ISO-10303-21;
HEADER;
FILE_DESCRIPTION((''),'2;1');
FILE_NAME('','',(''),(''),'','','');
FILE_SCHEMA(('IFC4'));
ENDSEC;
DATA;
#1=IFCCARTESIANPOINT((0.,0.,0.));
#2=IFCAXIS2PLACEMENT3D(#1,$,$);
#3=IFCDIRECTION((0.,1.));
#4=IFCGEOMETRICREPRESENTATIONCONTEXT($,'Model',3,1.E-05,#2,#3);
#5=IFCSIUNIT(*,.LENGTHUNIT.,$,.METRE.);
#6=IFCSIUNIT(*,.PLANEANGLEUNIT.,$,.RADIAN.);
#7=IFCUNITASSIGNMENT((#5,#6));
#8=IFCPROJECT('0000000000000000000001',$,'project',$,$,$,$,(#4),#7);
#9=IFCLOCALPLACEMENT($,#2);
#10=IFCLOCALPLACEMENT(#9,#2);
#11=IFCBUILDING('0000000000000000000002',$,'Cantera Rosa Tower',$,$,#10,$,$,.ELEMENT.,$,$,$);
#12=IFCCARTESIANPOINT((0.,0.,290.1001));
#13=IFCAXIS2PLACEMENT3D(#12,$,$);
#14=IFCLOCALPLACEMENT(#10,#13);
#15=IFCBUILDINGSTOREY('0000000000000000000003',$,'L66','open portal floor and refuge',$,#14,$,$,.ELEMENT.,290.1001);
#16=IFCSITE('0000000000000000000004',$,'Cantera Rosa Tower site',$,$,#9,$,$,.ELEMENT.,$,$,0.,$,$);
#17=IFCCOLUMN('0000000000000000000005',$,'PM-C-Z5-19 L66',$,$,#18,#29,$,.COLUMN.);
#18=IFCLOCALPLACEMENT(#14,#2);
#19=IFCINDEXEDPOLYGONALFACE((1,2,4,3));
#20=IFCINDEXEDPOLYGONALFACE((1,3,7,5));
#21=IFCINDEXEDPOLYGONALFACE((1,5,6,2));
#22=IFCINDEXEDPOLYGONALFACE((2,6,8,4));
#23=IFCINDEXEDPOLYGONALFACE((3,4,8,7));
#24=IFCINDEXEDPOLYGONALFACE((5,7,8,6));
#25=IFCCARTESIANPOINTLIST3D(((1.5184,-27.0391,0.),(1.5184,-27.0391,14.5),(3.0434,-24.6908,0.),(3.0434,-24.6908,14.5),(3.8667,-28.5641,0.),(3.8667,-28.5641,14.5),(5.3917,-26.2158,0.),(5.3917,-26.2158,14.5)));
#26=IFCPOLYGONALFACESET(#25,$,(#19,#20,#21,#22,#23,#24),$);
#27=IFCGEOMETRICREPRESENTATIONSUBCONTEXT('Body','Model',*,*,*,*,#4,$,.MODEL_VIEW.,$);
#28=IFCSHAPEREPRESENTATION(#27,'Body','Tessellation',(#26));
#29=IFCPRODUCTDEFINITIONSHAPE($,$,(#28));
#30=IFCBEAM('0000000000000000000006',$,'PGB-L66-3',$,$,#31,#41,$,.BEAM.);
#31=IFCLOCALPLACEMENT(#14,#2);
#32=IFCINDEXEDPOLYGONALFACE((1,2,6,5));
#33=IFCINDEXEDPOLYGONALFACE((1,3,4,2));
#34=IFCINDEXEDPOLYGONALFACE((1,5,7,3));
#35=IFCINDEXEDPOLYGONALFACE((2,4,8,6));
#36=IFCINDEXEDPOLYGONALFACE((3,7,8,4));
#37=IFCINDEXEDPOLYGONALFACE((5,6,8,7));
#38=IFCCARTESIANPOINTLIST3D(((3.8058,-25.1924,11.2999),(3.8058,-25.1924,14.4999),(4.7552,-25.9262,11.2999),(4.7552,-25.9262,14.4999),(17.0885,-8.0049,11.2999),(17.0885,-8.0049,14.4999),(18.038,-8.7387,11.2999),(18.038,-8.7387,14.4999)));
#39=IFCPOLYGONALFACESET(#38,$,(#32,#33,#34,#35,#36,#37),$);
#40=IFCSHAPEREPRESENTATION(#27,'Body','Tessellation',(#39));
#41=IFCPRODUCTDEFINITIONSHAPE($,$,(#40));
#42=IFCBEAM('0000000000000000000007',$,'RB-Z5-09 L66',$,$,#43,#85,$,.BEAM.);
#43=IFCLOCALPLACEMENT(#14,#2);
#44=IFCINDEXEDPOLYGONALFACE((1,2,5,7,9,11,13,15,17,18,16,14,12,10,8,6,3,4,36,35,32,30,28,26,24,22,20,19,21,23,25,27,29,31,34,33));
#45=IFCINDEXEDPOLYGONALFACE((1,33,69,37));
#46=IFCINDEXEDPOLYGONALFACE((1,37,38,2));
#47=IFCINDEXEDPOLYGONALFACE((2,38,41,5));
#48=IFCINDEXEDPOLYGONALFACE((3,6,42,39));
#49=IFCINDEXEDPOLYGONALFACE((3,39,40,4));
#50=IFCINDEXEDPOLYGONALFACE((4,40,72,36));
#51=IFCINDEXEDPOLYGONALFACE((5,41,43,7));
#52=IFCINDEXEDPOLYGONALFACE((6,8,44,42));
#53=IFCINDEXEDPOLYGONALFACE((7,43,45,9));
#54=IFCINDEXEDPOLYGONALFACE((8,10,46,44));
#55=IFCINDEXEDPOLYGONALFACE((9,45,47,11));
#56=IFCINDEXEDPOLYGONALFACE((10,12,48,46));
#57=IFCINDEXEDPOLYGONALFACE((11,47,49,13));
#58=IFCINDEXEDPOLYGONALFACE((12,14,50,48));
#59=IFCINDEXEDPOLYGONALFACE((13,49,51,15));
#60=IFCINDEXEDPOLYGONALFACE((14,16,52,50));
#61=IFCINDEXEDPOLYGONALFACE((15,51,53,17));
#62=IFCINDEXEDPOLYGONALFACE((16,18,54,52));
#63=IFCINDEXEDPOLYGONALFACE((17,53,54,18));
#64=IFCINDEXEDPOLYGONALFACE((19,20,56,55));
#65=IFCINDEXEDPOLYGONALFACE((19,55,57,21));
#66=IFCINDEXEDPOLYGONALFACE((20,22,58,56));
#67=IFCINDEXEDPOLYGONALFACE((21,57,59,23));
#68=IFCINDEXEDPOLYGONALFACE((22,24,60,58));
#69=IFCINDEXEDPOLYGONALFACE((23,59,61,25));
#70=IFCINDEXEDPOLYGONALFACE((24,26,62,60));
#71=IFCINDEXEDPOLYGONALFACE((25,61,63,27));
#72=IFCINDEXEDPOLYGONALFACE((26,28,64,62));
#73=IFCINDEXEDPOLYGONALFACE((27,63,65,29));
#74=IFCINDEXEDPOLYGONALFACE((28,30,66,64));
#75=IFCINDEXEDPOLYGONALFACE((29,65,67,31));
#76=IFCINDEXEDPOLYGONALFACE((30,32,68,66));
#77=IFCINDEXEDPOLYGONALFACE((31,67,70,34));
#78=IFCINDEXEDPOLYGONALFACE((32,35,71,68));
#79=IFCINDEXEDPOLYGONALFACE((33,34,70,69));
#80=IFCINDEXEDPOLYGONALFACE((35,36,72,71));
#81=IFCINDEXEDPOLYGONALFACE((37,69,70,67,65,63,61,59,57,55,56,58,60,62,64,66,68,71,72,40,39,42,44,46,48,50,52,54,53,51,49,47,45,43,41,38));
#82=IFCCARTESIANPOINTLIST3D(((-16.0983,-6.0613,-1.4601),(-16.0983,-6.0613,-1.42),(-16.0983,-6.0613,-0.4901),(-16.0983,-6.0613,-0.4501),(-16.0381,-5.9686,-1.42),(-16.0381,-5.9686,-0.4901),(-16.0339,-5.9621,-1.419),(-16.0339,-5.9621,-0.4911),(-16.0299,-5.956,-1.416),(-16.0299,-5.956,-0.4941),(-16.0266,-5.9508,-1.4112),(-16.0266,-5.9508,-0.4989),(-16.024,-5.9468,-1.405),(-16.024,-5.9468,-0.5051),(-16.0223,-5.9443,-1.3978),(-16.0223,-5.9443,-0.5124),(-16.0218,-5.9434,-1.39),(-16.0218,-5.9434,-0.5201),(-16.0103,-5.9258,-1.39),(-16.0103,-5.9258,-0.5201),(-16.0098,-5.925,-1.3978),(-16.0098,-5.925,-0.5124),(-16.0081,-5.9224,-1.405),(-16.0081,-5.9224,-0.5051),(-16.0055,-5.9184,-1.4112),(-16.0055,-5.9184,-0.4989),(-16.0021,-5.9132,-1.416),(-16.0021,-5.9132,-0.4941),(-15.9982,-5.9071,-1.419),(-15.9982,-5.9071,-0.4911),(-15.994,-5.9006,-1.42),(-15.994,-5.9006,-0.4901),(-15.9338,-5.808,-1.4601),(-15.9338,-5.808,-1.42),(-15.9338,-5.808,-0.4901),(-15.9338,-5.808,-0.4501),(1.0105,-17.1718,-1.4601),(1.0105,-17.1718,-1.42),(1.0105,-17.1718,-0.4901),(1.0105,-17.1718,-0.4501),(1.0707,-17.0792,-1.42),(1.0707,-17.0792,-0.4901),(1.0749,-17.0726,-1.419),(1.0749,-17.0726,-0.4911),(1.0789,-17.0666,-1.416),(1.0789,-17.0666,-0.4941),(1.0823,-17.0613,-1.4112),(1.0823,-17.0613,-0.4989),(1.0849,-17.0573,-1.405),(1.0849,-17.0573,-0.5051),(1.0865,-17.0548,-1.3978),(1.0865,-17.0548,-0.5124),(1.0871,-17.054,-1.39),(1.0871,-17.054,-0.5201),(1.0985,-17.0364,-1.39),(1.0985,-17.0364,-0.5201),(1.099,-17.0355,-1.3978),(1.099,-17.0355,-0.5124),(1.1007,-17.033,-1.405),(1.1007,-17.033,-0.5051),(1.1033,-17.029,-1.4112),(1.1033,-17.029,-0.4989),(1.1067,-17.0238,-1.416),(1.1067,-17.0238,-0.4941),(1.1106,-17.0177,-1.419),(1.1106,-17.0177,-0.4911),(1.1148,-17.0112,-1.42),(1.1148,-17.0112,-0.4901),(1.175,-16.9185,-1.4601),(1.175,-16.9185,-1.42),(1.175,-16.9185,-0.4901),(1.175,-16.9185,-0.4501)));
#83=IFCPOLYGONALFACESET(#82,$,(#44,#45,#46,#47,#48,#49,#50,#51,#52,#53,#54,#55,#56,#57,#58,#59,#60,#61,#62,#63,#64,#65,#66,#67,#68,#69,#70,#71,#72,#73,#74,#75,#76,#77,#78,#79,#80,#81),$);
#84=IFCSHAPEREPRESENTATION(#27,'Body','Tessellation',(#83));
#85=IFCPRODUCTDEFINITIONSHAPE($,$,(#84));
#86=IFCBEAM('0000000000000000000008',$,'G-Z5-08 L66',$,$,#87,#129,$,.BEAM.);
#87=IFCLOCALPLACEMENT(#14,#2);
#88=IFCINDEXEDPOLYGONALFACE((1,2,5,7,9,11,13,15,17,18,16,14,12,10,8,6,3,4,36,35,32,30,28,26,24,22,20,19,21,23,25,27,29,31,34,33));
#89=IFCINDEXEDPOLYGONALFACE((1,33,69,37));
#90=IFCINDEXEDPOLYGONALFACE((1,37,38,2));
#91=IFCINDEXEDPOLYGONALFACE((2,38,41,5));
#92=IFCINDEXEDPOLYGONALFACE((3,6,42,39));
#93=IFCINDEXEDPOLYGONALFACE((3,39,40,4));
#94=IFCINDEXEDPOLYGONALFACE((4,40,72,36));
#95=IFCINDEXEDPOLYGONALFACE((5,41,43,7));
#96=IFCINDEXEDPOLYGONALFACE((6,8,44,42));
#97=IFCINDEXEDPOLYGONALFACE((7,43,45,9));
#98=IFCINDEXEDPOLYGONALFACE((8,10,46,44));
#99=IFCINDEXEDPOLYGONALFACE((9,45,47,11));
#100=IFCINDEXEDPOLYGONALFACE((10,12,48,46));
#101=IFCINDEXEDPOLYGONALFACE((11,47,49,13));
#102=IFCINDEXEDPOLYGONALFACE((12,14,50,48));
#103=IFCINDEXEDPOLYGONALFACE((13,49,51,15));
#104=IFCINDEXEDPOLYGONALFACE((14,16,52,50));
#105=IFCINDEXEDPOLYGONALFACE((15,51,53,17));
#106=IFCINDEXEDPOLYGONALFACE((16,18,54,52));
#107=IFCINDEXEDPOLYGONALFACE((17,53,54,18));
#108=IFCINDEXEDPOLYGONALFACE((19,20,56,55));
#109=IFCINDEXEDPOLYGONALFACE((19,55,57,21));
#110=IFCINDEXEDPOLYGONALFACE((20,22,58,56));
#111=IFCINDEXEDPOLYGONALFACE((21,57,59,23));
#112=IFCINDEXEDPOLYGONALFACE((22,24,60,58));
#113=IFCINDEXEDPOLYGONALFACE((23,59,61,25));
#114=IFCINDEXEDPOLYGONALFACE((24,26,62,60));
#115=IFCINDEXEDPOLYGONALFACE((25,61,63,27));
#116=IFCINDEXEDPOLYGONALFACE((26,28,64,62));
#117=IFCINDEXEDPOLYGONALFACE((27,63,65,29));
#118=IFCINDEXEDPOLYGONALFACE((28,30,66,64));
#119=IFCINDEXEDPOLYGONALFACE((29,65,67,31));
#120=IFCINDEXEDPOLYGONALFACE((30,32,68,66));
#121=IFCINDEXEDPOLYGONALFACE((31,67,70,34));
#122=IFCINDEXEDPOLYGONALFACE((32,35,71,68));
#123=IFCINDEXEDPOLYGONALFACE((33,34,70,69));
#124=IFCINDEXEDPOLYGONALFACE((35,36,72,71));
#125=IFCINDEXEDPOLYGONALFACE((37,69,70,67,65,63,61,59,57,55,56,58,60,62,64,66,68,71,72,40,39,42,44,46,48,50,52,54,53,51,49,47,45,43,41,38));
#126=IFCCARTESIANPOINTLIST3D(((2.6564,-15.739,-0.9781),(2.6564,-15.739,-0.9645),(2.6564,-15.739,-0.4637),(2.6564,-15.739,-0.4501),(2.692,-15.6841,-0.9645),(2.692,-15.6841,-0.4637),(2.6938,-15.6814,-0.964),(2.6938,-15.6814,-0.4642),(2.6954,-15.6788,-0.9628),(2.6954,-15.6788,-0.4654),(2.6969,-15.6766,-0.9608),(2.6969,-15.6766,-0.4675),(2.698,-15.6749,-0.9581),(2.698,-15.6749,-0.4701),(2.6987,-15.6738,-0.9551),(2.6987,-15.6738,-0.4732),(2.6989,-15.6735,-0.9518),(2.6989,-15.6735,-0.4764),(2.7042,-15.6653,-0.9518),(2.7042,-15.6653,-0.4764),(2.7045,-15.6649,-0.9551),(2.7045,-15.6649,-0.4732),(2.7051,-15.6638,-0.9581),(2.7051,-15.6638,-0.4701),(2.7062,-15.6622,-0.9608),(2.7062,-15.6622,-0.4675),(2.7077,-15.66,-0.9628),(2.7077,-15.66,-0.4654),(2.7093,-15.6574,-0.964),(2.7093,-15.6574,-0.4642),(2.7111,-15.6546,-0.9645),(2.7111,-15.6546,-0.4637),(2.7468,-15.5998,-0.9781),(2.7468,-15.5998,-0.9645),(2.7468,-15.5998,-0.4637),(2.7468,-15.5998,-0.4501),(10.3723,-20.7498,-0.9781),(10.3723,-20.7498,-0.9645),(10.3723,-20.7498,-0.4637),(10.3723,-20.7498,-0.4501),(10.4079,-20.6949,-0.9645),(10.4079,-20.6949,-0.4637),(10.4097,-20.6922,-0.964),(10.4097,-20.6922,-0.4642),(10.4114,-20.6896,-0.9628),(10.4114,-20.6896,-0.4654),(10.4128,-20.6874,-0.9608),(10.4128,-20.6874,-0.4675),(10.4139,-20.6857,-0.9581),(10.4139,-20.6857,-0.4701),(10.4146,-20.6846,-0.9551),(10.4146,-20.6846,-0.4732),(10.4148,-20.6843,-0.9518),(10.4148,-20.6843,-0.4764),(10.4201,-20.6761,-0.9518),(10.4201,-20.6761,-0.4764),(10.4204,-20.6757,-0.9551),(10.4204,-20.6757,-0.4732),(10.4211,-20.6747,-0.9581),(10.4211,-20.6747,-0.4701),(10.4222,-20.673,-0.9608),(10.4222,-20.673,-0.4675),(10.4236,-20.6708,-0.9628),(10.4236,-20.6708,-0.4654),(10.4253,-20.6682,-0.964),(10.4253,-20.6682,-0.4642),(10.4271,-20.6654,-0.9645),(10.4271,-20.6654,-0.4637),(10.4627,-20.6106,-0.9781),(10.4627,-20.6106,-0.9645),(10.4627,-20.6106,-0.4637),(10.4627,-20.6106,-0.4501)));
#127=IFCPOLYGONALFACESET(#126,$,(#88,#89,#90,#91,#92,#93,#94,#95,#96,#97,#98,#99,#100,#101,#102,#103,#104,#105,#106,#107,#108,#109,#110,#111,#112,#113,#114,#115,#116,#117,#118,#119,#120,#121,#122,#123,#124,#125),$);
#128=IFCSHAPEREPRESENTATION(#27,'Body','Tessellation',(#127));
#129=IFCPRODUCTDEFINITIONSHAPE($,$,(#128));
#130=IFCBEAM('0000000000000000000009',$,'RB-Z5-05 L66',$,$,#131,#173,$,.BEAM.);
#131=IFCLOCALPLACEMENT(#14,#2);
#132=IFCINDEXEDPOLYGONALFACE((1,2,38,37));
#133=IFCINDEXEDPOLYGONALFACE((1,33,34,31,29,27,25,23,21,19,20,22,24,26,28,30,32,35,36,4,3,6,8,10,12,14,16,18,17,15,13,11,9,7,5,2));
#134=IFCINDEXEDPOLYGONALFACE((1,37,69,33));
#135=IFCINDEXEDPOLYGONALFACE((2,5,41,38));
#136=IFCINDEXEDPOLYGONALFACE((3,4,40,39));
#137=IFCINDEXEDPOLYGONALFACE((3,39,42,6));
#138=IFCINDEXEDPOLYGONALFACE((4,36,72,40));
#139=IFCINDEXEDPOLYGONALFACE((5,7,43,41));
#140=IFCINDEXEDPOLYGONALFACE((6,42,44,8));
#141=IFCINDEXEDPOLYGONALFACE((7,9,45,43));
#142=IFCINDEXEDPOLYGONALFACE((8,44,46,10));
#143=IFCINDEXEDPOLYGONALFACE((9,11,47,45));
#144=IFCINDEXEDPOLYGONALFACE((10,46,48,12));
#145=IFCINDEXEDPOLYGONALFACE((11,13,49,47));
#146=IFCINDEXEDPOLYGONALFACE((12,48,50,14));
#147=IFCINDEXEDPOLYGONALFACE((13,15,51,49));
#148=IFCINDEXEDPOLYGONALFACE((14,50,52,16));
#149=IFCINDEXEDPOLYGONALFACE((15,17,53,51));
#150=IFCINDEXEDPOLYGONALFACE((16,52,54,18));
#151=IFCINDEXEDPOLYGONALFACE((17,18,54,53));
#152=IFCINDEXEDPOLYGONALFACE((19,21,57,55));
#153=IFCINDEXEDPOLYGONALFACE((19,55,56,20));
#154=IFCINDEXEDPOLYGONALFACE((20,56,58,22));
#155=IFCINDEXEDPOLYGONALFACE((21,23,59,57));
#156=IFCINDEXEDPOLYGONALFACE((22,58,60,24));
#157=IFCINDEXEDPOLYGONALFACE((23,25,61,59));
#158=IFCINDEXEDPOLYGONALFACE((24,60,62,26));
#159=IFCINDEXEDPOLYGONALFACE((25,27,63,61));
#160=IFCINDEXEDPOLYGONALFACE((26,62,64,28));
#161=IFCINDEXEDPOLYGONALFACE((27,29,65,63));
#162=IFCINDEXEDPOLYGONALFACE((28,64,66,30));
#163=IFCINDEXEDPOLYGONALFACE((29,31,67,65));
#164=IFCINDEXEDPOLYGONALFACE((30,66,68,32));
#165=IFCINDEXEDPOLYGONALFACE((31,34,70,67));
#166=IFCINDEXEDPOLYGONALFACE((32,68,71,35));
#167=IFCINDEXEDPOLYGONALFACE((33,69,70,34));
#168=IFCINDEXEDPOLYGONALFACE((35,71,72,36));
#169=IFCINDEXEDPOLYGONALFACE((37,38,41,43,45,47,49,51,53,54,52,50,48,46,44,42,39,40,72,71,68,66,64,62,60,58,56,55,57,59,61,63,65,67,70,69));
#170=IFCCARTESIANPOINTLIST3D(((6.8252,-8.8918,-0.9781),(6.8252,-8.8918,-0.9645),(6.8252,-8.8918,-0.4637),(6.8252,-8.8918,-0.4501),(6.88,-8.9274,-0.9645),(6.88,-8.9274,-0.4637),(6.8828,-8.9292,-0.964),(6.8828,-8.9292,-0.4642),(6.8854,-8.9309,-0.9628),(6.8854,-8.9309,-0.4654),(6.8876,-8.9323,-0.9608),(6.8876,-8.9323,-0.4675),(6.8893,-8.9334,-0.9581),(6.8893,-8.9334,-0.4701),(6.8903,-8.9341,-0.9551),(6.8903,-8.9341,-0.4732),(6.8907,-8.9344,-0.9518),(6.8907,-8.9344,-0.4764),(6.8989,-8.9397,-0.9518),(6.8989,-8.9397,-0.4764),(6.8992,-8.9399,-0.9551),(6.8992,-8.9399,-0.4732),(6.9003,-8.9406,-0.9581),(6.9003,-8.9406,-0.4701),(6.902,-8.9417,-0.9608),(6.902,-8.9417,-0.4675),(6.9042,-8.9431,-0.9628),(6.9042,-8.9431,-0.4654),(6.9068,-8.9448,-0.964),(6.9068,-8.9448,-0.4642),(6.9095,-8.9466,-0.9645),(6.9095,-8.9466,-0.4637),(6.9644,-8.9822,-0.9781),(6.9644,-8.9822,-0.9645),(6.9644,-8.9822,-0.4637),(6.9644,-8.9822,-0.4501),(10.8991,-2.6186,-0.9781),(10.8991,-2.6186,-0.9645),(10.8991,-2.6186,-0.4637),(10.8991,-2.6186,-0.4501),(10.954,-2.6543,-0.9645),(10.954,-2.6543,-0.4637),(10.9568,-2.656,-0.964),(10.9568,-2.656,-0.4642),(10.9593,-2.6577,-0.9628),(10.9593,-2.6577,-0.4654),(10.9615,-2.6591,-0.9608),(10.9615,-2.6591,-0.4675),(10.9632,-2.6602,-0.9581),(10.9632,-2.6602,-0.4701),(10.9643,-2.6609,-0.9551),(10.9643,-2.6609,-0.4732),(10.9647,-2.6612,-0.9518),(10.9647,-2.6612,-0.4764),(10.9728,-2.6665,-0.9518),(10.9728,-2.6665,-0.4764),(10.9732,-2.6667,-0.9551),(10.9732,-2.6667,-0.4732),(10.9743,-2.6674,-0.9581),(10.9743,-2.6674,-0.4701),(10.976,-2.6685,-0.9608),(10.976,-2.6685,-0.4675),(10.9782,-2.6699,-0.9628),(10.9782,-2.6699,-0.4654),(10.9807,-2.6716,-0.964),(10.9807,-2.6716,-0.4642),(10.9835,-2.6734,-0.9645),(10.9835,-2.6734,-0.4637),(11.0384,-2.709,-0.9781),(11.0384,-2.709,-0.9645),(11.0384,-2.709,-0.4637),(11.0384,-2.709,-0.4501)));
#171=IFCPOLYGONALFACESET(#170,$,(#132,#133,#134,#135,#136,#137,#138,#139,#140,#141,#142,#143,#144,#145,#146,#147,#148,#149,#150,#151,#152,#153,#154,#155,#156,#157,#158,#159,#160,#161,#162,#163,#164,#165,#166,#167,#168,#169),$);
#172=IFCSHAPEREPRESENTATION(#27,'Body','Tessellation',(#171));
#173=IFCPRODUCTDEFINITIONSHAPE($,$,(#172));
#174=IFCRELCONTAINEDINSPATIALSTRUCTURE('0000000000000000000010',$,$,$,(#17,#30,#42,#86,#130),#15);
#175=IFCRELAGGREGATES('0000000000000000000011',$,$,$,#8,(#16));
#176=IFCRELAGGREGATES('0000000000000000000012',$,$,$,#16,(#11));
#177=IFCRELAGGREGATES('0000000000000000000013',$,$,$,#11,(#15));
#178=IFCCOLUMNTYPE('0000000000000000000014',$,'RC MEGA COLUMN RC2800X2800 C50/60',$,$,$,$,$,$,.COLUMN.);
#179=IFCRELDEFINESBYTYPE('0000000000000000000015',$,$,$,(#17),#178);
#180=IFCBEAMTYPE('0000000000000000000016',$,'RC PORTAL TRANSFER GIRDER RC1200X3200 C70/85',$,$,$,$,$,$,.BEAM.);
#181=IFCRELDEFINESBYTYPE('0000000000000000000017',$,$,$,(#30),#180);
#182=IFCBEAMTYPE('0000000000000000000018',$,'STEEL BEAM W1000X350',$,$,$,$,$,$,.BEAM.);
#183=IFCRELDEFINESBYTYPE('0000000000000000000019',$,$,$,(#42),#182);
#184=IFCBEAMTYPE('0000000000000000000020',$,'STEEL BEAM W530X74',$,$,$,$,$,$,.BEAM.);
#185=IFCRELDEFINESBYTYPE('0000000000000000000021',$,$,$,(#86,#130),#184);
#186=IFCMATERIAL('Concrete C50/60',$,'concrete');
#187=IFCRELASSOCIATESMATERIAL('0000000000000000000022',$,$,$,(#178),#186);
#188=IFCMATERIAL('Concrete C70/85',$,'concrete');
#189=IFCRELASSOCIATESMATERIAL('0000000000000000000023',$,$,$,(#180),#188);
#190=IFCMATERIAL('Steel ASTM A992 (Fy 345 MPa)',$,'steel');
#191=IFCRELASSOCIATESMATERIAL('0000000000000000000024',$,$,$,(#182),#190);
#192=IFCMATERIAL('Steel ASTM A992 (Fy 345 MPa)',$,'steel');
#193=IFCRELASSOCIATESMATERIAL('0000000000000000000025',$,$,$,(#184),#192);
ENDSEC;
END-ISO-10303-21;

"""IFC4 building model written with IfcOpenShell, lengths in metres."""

from ifc_helpers import new_model, si_unit, direction, frame, origin, origin_2d, place, context, subcontext, project, spatial, rectangle, i_section, extrude, material, material_profile, profile_set, type_object, element, save


model = new_model("IFC4")

# Units and contexts
model_context = context("Model", 3, precision=1e-05, world=origin(), true_north=direction((0.0, 1.0)))
body_context = subcontext(model_context, "Body", "Model", "MODEL_VIEW")
ifc_project = project(units=[si_unit("LENGTHUNIT", "METRE"), si_unit("PLANEANGLEUNIT", "RADIAN")], contexts=[model_context])

# Site, building, storey
site_placement = place(None, origin())
site = spatial("IfcSite", under=ifc_project, at=site_placement, Name="Cantera Rosa Tower site", CompositionType="ELEMENT", RefElevation=0.0)
building_placement = place(site_placement, origin())
building = spatial("IfcBuilding", under=site, at=building_placement, Name="Cantera Rosa Tower", CompositionType="ELEMENT")
storey_placement = place(building_placement, frame((0.0, 0.0, 290.1001)))
storey = spatial("IfcBuildingStorey", under=building, at=storey_placement, Name="L66", Description="open portal floor and refuge", CompositionType="ELEMENT", Elevation=290.1001)

# Column
ifc_material_1 = material(Name="Concrete C50/60", Category="concrete")
ifc_material_profile_1 = material_profile(ifc_material_1, rectangle(XDim=2.8, YDim=2.8, at=origin_2d()), Name="RC MEGA COLUMN RC2800X2800 C50/60")
ifc_profile_set_1 = profile_set([ifc_material_profile_1], Name="Concrete C50/60")
column_type = type_object("IfcColumnType", Name="RC MEGA COLUMN RC2800X2800 C50/60", PredefinedType="COLUMN", material=ifc_profile_set_1)
column_placement = place(storey_placement, frame((3.4551, -26.6274, 0.0), z_axis=(0.0, 0.0, 1.0), x_axis=(0.544639, 0.838671, 0.0)))
element("IfcColumn", 1, at=column_placement, inside=storey, type_object=column_type, Name="PM-C-Z5-19 L66", PredefinedType="COLUMN", context=body_context, shape_type="SweptSolid", body=[
    extrude(rectangle(XDim=2.8, YDim=2.8, at=origin_2d()), origin(), (0.0, 0.0, 1.0), 14.5),
])

# Beams
ifc_material_2 = material(Name="Concrete C70/85", Category="concrete")
ifc_material_profile_2 = material_profile(ifc_material_2, rectangle(XDim=1.2, YDim=3.2, at=origin_2d()), Name="RC PORTAL TRANSFER GIRDER RC1200X3200 C70/85")
ifc_profile_set_2 = profile_set([ifc_material_profile_2], Name="Concrete C70/85")
beam_type_1 = type_object("IfcBeamType", Name="RC PORTAL TRANSFER GIRDER RC1200X3200 C70/85", PredefinedType="BEAM", material=ifc_profile_set_2)
beam_1_placement = place(storey_placement, frame((4.2805, -25.5593, 12.8999), z_axis=(0.61149, 0.791252, 0.0), x_axis=(-0.791252, 0.61149, 0.0)))
element("IfcBeam", 2, at=beam_1_placement, inside=storey, type_object=beam_type_1, Name="PGB-L66-3", PredefinedType="BEAM", context=body_context, shape_type="SweptSolid", body=[
    extrude(rectangle(XDim=1.2, YDim=3.2, at=origin_2d()), origin(), (0.0, 0.0, 1.0), 21.7219),
])
ifc_material_3 = material(Name="Steel ASTM A992 (Fy 345 MPa)", Category="steel")
ifc_material_profile_3 = material_profile(ifc_material_3, i_section(OverallWidth=0.302, OverallDepth=1.01, WebThickness=0.021, FlangeThickness=0.04, FilletRadius=0.03, at=origin_2d()), Name="W1000X350")
ifc_profile_set_3 = profile_set([ifc_material_profile_3], Name="Steel ASTM A992 (Fy 345 MPa)")
beam_type_2 = type_object("IfcBeamType", Name="STEEL BEAM W1000X350", PredefinedType="BEAM", material=ifc_profile_set_3)
beam_2_placement = place(storey_placement, frame((1.0928, -17.0452, -0.9551), z_axis=(-0.838672, 0.544637, 0.0), x_axis=(-0.544637, -0.838672, 0.0)))
element("IfcBeam", 3, at=beam_2_placement, inside=storey, type_object=beam_type_2, Name="RB-Z5-09 L66", PredefinedType="BEAM", context=body_context, shape_type="SweptSolid", body=[
    extrude(i_section(OverallWidth=0.302, OverallDepth=1.01, WebThickness=0.021, FlangeThickness=0.04, FilletRadius=0.03, at=origin_2d()), origin(), (0.0, 0.0, 1.0), 20.3999),
])
ifc_material_4 = material(Name="Steel ASTM A992 (Fy 345 MPa)", Category="steel")
ifc_material_profile_4 = material_profile(ifc_material_4, i_section(OverallWidth=0.166, OverallDepth=0.5281, WebThickness=0.0098, FlangeThickness=0.0137, FilletRadius=0.0127, at=origin_2d()), Name="W530X74")
ifc_profile_set_4 = profile_set([ifc_material_profile_4], Name="Steel ASTM A992 (Fy 345 MPa)")
beam_type_3 = type_object("IfcBeamType", Name="STEEL BEAM W530X74", PredefinedType="BEAM", material=ifc_profile_set_4)
beam_3_placement = place(storey_placement, frame((10.4175, -20.6802, -0.7141), z_axis=(-0.838669, 0.544641, 0.0), x_axis=(-0.544641, -0.838669, 0.0)))
element("IfcBeam", 4, at=beam_3_placement, inside=storey, type_object=beam_type_3, Name="G-Z5-08 L66", PredefinedType="BEAM", context=body_context, shape_type="SweptSolid", body=[
    extrude(i_section(OverallWidth=0.166, OverallDepth=0.5281, WebThickness=0.0098, FlangeThickness=0.0137, FilletRadius=0.0127, at=origin_2d()), origin(), (0.0, 0.0, 1.0), 9.2002),
])
beam_4_placement = place(storey_placement, frame((6.8948, -8.937, -0.7141), z_axis=(0.54465, 0.838664, 0.0), x_axis=(-0.838664, 0.54465, 0.0)))
element("IfcBeam", 5, at=beam_4_placement, inside=storey, type_object=beam_type_3, Name="RB-Z5-05 L66", PredefinedType="BEAM", context=body_context, shape_type="SweptSolid", body=[
    extrude(i_section(OverallWidth=0.166, OverallDepth=0.5281, WebThickness=0.0098, FlangeThickness=0.0137, FilletRadius=0.0127, at=origin_2d()), origin(), (0.0, 0.0, 1.0), 7.48),
])

save(model, "model.ifc")
